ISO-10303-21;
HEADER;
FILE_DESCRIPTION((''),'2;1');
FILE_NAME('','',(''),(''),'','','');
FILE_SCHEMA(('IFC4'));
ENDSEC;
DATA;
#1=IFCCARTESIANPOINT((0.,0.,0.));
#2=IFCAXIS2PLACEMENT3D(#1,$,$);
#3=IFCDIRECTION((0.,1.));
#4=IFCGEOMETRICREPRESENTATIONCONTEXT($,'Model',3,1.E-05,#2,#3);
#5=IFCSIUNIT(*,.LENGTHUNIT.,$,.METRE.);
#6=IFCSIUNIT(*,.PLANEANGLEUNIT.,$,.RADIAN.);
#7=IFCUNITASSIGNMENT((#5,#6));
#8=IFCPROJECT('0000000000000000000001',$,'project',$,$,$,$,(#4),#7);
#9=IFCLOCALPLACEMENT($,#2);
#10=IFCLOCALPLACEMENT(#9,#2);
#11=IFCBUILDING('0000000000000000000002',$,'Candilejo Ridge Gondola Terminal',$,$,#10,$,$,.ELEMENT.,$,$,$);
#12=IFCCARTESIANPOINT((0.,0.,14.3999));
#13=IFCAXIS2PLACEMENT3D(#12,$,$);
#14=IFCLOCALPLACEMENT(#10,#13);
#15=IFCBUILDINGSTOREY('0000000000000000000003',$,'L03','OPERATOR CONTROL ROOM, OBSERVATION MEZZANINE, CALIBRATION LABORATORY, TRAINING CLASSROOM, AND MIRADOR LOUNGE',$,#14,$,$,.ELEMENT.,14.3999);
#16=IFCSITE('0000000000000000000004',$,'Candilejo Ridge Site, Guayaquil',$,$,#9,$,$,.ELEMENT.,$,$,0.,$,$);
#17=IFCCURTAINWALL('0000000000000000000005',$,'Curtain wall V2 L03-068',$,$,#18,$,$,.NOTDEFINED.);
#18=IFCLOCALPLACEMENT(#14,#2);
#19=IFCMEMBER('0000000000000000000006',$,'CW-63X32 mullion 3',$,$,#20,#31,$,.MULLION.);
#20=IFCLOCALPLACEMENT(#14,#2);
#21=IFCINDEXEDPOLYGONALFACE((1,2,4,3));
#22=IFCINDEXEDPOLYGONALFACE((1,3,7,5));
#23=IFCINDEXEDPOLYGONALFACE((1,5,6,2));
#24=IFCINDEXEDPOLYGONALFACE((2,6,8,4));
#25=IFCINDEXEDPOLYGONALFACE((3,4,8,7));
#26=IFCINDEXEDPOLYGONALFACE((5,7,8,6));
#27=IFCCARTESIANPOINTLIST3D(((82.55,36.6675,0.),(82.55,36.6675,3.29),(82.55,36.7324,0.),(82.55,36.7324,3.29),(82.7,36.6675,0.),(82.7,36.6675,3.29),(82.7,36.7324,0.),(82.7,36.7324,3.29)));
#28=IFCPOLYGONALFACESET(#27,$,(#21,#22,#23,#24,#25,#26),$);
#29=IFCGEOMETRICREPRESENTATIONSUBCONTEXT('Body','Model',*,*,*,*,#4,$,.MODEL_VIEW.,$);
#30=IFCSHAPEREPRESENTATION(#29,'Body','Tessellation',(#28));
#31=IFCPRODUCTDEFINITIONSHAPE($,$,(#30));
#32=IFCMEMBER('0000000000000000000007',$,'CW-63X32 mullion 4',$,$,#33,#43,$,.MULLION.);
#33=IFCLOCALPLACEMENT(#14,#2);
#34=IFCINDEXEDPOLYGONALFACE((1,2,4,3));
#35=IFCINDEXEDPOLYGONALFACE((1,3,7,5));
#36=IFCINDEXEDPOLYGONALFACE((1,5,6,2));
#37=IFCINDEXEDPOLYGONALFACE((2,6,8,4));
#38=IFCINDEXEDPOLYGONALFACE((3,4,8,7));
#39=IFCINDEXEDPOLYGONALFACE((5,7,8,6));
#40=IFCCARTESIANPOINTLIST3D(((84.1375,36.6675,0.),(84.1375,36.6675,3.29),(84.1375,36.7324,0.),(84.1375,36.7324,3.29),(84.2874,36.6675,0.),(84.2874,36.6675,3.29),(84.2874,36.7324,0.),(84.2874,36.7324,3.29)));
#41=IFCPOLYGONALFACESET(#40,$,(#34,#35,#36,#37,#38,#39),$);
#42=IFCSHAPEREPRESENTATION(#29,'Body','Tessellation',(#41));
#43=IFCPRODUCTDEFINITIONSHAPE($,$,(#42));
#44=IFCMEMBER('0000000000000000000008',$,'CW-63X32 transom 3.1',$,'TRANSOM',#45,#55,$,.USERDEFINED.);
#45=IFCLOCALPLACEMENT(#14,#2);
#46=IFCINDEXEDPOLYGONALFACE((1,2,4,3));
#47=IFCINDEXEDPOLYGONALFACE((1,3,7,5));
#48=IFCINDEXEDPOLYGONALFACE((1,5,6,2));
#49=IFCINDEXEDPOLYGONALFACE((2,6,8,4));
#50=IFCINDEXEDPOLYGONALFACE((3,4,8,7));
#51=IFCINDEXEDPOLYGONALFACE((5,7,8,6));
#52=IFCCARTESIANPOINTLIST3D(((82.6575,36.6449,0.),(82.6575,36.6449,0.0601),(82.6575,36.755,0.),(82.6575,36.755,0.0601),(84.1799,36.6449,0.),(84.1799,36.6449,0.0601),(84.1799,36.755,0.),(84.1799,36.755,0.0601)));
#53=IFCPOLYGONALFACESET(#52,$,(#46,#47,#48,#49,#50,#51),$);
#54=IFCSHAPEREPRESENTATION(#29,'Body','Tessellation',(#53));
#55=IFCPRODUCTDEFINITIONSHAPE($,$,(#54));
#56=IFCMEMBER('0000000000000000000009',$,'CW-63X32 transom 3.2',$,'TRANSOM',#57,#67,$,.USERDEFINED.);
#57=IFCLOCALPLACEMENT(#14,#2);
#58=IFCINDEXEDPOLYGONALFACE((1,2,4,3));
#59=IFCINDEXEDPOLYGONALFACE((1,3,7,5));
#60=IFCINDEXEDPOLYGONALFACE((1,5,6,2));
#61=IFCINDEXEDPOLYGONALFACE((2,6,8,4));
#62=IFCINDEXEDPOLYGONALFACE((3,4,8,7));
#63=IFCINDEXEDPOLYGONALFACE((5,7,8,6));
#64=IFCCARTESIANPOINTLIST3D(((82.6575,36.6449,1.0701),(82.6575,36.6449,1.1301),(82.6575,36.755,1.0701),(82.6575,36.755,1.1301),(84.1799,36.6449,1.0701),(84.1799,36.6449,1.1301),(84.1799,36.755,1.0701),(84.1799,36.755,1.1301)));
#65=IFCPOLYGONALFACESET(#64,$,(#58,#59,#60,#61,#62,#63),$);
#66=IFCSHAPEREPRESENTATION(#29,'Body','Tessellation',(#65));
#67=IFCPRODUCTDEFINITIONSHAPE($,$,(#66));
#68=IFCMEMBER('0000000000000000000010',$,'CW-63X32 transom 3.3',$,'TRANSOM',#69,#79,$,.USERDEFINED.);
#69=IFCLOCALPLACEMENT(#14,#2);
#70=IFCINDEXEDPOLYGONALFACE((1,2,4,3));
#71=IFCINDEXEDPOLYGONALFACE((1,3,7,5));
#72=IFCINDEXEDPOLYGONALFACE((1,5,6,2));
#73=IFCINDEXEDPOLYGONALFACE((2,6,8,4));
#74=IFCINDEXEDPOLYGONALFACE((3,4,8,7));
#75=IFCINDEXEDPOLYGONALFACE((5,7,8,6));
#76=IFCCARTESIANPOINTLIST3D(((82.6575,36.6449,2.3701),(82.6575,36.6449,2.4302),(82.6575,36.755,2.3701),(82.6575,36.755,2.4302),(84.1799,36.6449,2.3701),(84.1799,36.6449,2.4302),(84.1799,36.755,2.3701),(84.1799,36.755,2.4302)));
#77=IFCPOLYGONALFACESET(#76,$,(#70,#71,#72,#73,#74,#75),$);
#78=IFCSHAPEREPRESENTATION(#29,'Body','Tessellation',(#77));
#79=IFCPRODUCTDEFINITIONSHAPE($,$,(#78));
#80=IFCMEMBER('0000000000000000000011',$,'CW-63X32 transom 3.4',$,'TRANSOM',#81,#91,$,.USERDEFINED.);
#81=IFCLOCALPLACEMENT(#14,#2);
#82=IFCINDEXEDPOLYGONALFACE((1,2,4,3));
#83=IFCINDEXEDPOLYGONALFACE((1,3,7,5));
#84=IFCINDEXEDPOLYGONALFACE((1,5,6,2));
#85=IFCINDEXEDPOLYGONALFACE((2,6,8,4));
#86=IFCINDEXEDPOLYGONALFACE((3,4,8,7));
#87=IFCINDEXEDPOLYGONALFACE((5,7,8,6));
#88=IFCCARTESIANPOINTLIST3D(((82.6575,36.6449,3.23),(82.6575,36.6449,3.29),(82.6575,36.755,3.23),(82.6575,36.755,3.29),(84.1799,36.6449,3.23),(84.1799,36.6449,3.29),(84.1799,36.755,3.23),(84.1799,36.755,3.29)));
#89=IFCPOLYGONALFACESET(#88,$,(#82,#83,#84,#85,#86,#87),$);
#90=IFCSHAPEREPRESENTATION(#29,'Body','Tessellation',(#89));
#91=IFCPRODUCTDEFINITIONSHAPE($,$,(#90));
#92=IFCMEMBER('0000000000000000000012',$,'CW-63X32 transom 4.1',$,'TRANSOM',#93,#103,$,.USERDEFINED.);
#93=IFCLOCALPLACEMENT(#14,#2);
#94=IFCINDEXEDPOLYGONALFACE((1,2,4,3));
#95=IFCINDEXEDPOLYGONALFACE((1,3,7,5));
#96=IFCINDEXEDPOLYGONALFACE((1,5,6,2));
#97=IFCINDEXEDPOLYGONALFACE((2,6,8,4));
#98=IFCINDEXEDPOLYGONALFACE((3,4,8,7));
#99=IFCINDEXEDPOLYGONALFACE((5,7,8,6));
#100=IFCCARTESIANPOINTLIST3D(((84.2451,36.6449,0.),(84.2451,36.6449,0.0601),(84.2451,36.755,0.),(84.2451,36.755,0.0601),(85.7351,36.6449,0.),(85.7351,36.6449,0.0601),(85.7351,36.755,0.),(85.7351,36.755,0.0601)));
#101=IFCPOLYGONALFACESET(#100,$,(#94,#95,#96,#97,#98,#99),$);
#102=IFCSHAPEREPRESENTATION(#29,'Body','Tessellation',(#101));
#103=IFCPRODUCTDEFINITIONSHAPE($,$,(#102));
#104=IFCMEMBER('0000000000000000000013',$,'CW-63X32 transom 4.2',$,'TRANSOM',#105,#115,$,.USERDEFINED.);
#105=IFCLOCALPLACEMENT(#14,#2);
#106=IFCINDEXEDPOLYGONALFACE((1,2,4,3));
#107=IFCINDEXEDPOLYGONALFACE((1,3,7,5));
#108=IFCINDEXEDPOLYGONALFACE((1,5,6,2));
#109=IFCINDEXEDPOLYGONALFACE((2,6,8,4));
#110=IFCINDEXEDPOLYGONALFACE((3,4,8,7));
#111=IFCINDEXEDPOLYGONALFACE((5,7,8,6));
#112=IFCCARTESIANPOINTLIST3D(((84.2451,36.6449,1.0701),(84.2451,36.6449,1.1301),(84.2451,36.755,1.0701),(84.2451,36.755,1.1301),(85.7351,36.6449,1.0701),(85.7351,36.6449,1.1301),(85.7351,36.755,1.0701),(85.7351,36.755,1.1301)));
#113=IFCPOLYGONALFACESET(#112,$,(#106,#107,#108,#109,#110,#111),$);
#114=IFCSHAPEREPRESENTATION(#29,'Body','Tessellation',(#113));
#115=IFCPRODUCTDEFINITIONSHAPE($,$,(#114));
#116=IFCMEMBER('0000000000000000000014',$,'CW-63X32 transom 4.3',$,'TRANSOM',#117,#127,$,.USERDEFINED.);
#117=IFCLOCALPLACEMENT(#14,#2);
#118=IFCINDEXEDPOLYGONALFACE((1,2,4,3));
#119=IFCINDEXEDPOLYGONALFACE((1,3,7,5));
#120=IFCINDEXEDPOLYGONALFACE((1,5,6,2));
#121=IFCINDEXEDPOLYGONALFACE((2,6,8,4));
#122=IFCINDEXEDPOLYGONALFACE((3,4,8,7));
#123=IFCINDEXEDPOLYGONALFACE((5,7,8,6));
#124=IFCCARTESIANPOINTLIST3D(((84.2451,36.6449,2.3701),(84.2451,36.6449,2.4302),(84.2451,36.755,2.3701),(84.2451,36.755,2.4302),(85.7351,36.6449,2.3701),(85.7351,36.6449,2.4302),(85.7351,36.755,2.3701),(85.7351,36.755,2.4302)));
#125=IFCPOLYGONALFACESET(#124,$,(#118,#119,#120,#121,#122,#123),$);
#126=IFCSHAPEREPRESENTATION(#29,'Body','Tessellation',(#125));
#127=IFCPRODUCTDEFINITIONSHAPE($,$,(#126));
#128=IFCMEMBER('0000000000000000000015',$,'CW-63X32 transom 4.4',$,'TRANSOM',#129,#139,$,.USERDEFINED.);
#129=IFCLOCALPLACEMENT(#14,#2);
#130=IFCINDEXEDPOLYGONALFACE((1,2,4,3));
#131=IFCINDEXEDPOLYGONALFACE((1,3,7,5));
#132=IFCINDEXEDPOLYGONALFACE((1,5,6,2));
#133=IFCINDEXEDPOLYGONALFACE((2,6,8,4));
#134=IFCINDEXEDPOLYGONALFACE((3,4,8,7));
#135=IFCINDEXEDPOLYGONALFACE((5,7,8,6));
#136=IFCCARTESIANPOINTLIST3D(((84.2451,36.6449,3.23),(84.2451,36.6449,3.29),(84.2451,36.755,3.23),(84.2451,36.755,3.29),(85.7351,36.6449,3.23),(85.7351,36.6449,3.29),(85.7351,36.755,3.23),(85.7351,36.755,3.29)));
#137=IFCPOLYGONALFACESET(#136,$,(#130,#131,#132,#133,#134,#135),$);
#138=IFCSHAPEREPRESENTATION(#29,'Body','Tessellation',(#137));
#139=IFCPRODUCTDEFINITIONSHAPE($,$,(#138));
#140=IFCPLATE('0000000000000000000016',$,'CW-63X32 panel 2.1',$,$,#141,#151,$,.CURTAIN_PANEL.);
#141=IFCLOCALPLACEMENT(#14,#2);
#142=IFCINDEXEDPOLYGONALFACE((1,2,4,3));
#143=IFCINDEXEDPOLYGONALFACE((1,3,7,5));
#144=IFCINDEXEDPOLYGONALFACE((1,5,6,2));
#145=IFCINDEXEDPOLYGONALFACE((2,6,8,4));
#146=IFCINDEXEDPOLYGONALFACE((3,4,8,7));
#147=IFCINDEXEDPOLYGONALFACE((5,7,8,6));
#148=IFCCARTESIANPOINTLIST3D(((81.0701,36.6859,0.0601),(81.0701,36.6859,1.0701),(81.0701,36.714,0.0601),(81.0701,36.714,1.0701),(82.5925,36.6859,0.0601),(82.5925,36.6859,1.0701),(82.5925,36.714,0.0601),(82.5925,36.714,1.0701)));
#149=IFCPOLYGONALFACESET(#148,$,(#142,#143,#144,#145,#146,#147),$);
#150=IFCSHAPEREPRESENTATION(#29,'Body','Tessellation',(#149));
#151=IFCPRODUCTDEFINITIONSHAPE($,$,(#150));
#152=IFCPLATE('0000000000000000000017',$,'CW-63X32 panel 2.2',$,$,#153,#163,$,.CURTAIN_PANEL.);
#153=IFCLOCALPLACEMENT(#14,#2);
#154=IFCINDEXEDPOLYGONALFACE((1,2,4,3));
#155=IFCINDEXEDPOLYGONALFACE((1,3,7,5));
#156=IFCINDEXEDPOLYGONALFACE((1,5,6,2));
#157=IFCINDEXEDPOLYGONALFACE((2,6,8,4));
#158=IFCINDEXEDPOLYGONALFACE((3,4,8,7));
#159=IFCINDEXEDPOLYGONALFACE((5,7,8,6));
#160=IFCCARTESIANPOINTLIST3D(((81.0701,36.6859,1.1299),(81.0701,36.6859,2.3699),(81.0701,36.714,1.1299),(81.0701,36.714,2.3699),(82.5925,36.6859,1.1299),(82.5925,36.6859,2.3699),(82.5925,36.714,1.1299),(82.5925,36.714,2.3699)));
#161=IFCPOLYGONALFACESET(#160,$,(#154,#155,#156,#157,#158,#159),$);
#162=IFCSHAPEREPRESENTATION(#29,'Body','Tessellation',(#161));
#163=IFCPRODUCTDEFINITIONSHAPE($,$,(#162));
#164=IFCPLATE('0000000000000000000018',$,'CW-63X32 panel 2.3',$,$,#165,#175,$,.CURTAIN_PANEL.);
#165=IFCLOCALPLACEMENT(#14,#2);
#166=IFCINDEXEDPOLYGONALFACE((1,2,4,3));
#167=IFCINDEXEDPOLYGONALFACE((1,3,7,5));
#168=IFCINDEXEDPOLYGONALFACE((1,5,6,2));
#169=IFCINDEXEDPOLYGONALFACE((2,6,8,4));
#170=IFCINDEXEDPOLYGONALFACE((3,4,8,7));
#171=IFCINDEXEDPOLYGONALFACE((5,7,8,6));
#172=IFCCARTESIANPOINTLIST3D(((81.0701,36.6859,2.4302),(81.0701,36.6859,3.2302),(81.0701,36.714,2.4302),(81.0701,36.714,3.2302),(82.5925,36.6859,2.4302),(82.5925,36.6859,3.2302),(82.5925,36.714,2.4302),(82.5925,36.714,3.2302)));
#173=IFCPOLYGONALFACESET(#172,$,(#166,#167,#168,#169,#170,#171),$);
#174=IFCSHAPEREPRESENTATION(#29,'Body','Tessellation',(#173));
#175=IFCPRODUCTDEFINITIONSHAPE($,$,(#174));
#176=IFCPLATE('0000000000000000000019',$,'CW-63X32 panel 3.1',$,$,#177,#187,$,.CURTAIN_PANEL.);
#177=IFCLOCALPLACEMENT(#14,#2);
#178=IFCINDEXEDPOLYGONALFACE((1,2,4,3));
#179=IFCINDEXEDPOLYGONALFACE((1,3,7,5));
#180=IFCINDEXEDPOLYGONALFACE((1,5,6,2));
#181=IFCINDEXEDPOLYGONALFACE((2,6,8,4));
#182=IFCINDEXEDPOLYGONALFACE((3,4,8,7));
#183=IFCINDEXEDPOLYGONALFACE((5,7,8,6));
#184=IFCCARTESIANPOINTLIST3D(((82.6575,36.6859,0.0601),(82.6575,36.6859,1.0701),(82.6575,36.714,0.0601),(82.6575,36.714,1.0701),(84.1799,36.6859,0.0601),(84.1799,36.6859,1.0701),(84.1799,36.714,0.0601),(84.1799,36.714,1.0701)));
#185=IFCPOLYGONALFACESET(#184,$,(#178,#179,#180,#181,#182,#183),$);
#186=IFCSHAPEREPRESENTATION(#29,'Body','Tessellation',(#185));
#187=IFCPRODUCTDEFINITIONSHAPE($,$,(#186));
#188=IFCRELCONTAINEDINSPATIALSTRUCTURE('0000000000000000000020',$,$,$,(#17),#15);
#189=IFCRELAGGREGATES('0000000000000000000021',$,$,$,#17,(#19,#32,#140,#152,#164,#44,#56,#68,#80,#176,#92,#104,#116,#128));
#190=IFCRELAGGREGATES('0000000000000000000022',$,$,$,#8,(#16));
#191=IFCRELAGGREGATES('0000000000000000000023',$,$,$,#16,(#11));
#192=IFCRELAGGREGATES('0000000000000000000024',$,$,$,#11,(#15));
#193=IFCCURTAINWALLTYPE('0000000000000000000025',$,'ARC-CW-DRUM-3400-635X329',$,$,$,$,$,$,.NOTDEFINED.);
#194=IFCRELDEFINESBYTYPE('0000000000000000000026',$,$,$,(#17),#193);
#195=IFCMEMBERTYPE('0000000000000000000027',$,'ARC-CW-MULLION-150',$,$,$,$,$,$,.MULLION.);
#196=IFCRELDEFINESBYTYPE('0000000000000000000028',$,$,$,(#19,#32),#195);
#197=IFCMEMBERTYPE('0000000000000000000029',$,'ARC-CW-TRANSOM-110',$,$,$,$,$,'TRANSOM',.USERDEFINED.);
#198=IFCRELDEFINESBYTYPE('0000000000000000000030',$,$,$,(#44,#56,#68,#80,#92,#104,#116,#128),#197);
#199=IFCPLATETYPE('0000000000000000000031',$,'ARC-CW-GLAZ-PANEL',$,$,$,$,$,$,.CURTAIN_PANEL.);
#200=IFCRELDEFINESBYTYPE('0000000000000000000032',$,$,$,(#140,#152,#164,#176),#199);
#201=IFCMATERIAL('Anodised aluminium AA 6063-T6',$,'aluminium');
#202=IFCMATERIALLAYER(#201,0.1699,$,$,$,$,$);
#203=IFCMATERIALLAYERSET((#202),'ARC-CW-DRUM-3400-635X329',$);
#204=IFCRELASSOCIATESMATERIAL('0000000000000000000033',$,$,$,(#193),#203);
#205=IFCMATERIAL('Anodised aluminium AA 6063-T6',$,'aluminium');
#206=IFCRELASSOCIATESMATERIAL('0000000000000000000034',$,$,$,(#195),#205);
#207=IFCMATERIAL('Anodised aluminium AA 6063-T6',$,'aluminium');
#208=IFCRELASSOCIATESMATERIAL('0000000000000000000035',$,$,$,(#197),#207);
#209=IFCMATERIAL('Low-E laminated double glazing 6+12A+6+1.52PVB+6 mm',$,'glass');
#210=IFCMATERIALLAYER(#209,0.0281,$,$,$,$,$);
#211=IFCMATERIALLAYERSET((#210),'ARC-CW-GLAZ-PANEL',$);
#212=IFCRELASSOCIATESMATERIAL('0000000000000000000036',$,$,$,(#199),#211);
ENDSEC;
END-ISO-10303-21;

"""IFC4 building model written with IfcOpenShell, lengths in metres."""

from ifc_helpers import new_model, si_unit, direction, frame, origin, origin_2d, place, context, subcontext, project, spatial, rectangle, extrude, material, layer, layer_set, material_profile, profile_set, type_object, element, aggregate, save


model = new_model("IFC4")

# Units and contexts
model_context = context("Model", 3, precision=1e-05, world=origin(), true_north=direction((0.0, 1.0)))
body_context = subcontext(model_context, "Body", "Model", "MODEL_VIEW")
ifc_project = project(units=[si_unit("LENGTHUNIT", "METRE"), si_unit("PLANEANGLEUNIT", "RADIAN")], contexts=[model_context])

# Site, building, storey
site_placement = place(None, origin())
site = spatial("IfcSite", under=ifc_project, at=site_placement, Name="Candilejo Ridge Site, Guayaquil", CompositionType="ELEMENT", RefElevation=0.0)
building_placement = place(site_placement, origin())
building = spatial("IfcBuilding", under=site, at=building_placement, Name="Candilejo Ridge Gondola Terminal", CompositionType="ELEMENT")
storey_placement = place(building_placement, frame((0.0, 0.0, 14.3999)))
storey = spatial("IfcBuildingStorey", under=building, at=storey_placement, Name="L03", Description="OPERATOR CONTROL ROOM, OBSERVATION MEZZANINE, CALIBRATION LABORATORY, TRAINING CLASSROOM, AND MIRADOR LOUNGE", CompositionType="ELEMENT", Elevation=14.3999)

# Curtain wall, members, plates
ifc_material_1 = material(Name="Anodised aluminium AA 6063-T6", Category="aluminium")
ifc_layer_1 = layer(ifc_material_1, 0.1699)
ifc_layer_set_1 = layer_set([ifc_layer_1], Name="ARC-CW-DRUM-3400-635X329")
curtain_wall_type = type_object("IfcCurtainWallType", Name="ARC-CW-DRUM-3400-635X329", PredefinedType="NOTDEFINED", material=ifc_layer_set_1)
curtain_wall_placement = place(storey_placement, origin())
curtain_wall = element("IfcCurtainWall", 1, at=curtain_wall_placement, inside=storey, type_object=curtain_wall_type, Name="Curtain wall V2 L03-068", PredefinedType="NOTDEFINED")
ifc_material_2 = material(Name="Anodised aluminium AA 6063-T6", Category="aluminium")
ifc_material_profile_1 = material_profile(ifc_material_2, rectangle(XDim=0.0649, YDim=0.1499, at=origin_2d()))
ifc_profile_set_1 = profile_set([ifc_material_profile_1], Name="Anodised aluminium AA 6063-T6")
member_type_1 = type_object("IfcMemberType", Name="ARC-CW-MULLION-150", PredefinedType="MULLION", material=ifc_profile_set_1)
member_1_placement = place(storey_placement, frame((82.625, 36.7, 0.0), z_axis=(0.0, 0.0, 1.0), x_axis=(0.0, 1.0, 0.0)))
member_1 = element("IfcMember", 2, at=member_1_placement, type_object=member_type_1, Name="CW-63X32 mullion 3", PredefinedType="MULLION", context=body_context, shape_type="SweptSolid", body=[
    extrude(rectangle(XDim=0.0649, YDim=0.1499, at=origin_2d()), origin(), (0.0, 0.0, 1.0), 3.29),
])
member_2_placement = place(storey_placement, frame((84.2124, 36.7, 0.0), z_axis=(0.0, 0.0, 1.0), x_axis=(0.0, 1.0, 0.0)))
member_2 = element("IfcMember", 3, at=member_2_placement, type_object=member_type_1, Name="CW-63X32 mullion 4", PredefinedType="MULLION", context=body_context, shape_type="SweptSolid", body=[
    extrude(rectangle(XDim=0.0649, YDim=0.1499, at=origin_2d()), origin(), (0.0, 0.0, 1.0), 3.29),
])
ifc_material_3 = material(Name="Anodised aluminium AA 6063-T6", Category="aluminium")
ifc_material_profile_2 = material_profile(ifc_material_3, rectangle(XDim=0.1101, YDim=0.0601, at=origin_2d()))
ifc_profile_set_2 = profile_set([ifc_material_profile_2], Name="Anodised aluminium AA 6063-T6")
member_type_2 = type_object("IfcMemberType", Name="ARC-CW-TRANSOM-110", ElementType="TRANSOM", PredefinedType="USERDEFINED", material=ifc_profile_set_2)
member_3_placement = place(storey_placement, frame((82.6575, 36.7, 0.03), z_axis=(1.0, 0.0, 0.0), x_axis=(0.0, 1.0, 0.0)))
member_3 = element("IfcMember", 4, at=member_3_placement, type_object=member_type_2, Name="CW-63X32 transom 3.1", ObjectType="TRANSOM", PredefinedType="USERDEFINED", context=body_context, shape_type="SweptSolid", body=[
    extrude(rectangle(XDim=0.1101, YDim=0.0601, at=origin_2d()), origin(), (0.0, 0.0, 1.0), 1.5225),
])
member_4_placement = place(storey_placement, frame((82.6575, 36.7, 1.1001), z_axis=(1.0, 0.0, 0.0), x_axis=(0.0, 1.0, 0.0)))
member_4 = element("IfcMember", 5, at=member_4_placement, type_object=member_type_2, Name="CW-63X32 transom 3.2", ObjectType="TRANSOM", PredefinedType="USERDEFINED", context=body_context, shape_type="SweptSolid", body=[
    extrude(rectangle(XDim=0.1101, YDim=0.0601, at=origin_2d()), origin(), (0.0, 0.0, 1.0), 1.5225),
])
member_5_placement = place(storey_placement, frame((82.6575, 36.7, 2.4001), z_axis=(1.0, 0.0, 0.0), x_axis=(0.0, 1.0, 0.0)))
member_5 = element("IfcMember", 6, at=member_5_placement, type_object=member_type_2, Name="CW-63X32 transom 3.3", ObjectType="TRANSOM", PredefinedType="USERDEFINED", context=body_context, shape_type="SweptSolid", body=[
    extrude(rectangle(XDim=0.1101, YDim=0.0601, at=origin_2d()), origin(), (0.0, 0.0, 1.0), 1.5225),
])
member_6_placement = place(storey_placement, frame((82.6575, 36.7, 3.26), z_axis=(1.0, 0.0, 0.0), x_axis=(0.0, 1.0, 0.0)))
member_6 = element("IfcMember", 7, at=member_6_placement, type_object=member_type_2, Name="CW-63X32 transom 3.4", ObjectType="TRANSOM", PredefinedType="USERDEFINED", context=body_context, shape_type="SweptSolid", body=[
    extrude(rectangle(XDim=0.1101, YDim=0.0601, at=origin_2d()), origin(), (0.0, 0.0, 1.0), 1.5225),
])
member_7_placement = place(storey_placement, frame((84.2451, 36.7, 0.03), z_axis=(1.0, 0.0, 0.0), x_axis=(0.0, 1.0, 0.0)))
member_7 = element("IfcMember", 8, at=member_7_placement, type_object=member_type_2, Name="CW-63X32 transom 4.1", ObjectType="TRANSOM", PredefinedType="USERDEFINED", context=body_context, shape_type="SweptSolid", body=[
    extrude(rectangle(XDim=0.1101, YDim=0.0601, at=origin_2d()), origin(), (0.0, 0.0, 1.0), 1.49),
])
member_8_placement = place(storey_placement, frame((84.2451, 36.7, 1.1001), z_axis=(1.0, 0.0, 0.0), x_axis=(0.0, 1.0, 0.0)))
member_8 = element("IfcMember", 9, at=member_8_placement, type_object=member_type_2, Name="CW-63X32 transom 4.2", ObjectType="TRANSOM", PredefinedType="USERDEFINED", context=body_context, shape_type="SweptSolid", body=[
    extrude(rectangle(XDim=0.1101, YDim=0.0601, at=origin_2d()), origin(), (0.0, 0.0, 1.0), 1.49),
])
member_9_placement = place(storey_placement, frame((84.2451, 36.7, 2.4001), z_axis=(1.0, 0.0, 0.0), x_axis=(0.0, 1.0, 0.0)))
member_9 = element("IfcMember", 10, at=member_9_placement, type_object=member_type_2, Name="CW-63X32 transom 4.3", ObjectType="TRANSOM", PredefinedType="USERDEFINED", context=body_context, shape_type="SweptSolid", body=[
    extrude(rectangle(XDim=0.1101, YDim=0.0601, at=origin_2d()), origin(), (0.0, 0.0, 1.0), 1.49),
])
member_10_placement = place(storey_placement, frame((84.2451, 36.7, 3.26), z_axis=(1.0, 0.0, 0.0), x_axis=(0.0, 1.0, 0.0)))
member_10 = element("IfcMember", 11, at=member_10_placement, type_object=member_type_2, Name="CW-63X32 transom 4.4", ObjectType="TRANSOM", PredefinedType="USERDEFINED", context=body_context, shape_type="SweptSolid", body=[
    extrude(rectangle(XDim=0.1101, YDim=0.0601, at=origin_2d()), origin(), (0.0, 0.0, 1.0), 1.49),
])
ifc_material_4 = material(Name="Low-E laminated double glazing 6+12A+6+1.52PVB+6 mm", Category="glass")
ifc_layer_2 = layer(ifc_material_4, 0.0281)
ifc_layer_set_2 = layer_set([ifc_layer_2], Name="ARC-CW-GLAZ-PANEL")
plate_type_1 = type_object("IfcPlateType", Name="ARC-CW-GLAZ-PANEL", PredefinedType="CURTAIN_PANEL", material=ifc_layer_set_2)
plate_1_placement = place(storey_placement, frame((81.8313, 36.7, 0.0601), z_axis=(0.0, 0.0, 1.0), x_axis=(1.0, 0.0, 0.0)))
plate_1 = element("IfcPlate", 12, at=plate_1_placement, type_object=plate_type_1, Name="CW-63X32 panel 2.1", PredefinedType="CURTAIN_PANEL", context=body_context, shape_type="SweptSolid", body=[
    extrude(rectangle(XDim=1.5225, YDim=0.0281, at=origin_2d()), origin(), (0.0, 0.0, 1.0), 1.01),
])
plate_2_placement = place(storey_placement, frame((81.8313, 36.7, 1.1299), z_axis=(0.0, 0.0, 1.0), x_axis=(1.0, 0.0, 0.0)))
plate_2 = element("IfcPlate", 13, at=plate_2_placement, type_object=plate_type_1, Name="CW-63X32 panel 2.2", PredefinedType="CURTAIN_PANEL", context=body_context, shape_type="SweptSolid", body=[
    extrude(rectangle(XDim=1.5225, YDim=0.0281, at=origin_2d()), origin(), (0.0, 0.0, 1.0), 1.24),
])
plate_3_placement = place(storey_placement, frame((81.8313, 36.7, 2.4302), z_axis=(0.0, 0.0, 1.0), x_axis=(1.0, 0.0, 0.0)))
plate_3 = element("IfcPlate", 14, at=plate_3_placement, type_object=plate_type_1, Name="CW-63X32 panel 2.3", PredefinedType="CURTAIN_PANEL", context=body_context, shape_type="SweptSolid", body=[
    extrude(rectangle(XDim=1.5225, YDim=0.0281, at=origin_2d()), origin(), (0.0, 0.0, 1.0), 0.8),
])
plate_4_placement = place(storey_placement, frame((83.4187, 36.7, 0.0601), z_axis=(0.0, 0.0, 1.0), x_axis=(1.0, 0.0, 0.0)))
plate_4 = element("IfcPlate", 15, at=plate_4_placement, type_object=plate_type_1, Name="CW-63X32 panel 3.1", PredefinedType="CURTAIN_PANEL", context=body_context, shape_type="SweptSolid", body=[
    extrude(rectangle(XDim=1.5225, YDim=0.0281, at=origin_2d()), origin(), (0.0, 0.0, 1.0), 1.01),
])
aggregate(curtain_wall, [member_1, member_2, plate_1, plate_2, plate_3, member_3, member_4, member_5, member_6, plate_4, member_7, member_8, member_9, member_10])

save(model, "model.ifc")
